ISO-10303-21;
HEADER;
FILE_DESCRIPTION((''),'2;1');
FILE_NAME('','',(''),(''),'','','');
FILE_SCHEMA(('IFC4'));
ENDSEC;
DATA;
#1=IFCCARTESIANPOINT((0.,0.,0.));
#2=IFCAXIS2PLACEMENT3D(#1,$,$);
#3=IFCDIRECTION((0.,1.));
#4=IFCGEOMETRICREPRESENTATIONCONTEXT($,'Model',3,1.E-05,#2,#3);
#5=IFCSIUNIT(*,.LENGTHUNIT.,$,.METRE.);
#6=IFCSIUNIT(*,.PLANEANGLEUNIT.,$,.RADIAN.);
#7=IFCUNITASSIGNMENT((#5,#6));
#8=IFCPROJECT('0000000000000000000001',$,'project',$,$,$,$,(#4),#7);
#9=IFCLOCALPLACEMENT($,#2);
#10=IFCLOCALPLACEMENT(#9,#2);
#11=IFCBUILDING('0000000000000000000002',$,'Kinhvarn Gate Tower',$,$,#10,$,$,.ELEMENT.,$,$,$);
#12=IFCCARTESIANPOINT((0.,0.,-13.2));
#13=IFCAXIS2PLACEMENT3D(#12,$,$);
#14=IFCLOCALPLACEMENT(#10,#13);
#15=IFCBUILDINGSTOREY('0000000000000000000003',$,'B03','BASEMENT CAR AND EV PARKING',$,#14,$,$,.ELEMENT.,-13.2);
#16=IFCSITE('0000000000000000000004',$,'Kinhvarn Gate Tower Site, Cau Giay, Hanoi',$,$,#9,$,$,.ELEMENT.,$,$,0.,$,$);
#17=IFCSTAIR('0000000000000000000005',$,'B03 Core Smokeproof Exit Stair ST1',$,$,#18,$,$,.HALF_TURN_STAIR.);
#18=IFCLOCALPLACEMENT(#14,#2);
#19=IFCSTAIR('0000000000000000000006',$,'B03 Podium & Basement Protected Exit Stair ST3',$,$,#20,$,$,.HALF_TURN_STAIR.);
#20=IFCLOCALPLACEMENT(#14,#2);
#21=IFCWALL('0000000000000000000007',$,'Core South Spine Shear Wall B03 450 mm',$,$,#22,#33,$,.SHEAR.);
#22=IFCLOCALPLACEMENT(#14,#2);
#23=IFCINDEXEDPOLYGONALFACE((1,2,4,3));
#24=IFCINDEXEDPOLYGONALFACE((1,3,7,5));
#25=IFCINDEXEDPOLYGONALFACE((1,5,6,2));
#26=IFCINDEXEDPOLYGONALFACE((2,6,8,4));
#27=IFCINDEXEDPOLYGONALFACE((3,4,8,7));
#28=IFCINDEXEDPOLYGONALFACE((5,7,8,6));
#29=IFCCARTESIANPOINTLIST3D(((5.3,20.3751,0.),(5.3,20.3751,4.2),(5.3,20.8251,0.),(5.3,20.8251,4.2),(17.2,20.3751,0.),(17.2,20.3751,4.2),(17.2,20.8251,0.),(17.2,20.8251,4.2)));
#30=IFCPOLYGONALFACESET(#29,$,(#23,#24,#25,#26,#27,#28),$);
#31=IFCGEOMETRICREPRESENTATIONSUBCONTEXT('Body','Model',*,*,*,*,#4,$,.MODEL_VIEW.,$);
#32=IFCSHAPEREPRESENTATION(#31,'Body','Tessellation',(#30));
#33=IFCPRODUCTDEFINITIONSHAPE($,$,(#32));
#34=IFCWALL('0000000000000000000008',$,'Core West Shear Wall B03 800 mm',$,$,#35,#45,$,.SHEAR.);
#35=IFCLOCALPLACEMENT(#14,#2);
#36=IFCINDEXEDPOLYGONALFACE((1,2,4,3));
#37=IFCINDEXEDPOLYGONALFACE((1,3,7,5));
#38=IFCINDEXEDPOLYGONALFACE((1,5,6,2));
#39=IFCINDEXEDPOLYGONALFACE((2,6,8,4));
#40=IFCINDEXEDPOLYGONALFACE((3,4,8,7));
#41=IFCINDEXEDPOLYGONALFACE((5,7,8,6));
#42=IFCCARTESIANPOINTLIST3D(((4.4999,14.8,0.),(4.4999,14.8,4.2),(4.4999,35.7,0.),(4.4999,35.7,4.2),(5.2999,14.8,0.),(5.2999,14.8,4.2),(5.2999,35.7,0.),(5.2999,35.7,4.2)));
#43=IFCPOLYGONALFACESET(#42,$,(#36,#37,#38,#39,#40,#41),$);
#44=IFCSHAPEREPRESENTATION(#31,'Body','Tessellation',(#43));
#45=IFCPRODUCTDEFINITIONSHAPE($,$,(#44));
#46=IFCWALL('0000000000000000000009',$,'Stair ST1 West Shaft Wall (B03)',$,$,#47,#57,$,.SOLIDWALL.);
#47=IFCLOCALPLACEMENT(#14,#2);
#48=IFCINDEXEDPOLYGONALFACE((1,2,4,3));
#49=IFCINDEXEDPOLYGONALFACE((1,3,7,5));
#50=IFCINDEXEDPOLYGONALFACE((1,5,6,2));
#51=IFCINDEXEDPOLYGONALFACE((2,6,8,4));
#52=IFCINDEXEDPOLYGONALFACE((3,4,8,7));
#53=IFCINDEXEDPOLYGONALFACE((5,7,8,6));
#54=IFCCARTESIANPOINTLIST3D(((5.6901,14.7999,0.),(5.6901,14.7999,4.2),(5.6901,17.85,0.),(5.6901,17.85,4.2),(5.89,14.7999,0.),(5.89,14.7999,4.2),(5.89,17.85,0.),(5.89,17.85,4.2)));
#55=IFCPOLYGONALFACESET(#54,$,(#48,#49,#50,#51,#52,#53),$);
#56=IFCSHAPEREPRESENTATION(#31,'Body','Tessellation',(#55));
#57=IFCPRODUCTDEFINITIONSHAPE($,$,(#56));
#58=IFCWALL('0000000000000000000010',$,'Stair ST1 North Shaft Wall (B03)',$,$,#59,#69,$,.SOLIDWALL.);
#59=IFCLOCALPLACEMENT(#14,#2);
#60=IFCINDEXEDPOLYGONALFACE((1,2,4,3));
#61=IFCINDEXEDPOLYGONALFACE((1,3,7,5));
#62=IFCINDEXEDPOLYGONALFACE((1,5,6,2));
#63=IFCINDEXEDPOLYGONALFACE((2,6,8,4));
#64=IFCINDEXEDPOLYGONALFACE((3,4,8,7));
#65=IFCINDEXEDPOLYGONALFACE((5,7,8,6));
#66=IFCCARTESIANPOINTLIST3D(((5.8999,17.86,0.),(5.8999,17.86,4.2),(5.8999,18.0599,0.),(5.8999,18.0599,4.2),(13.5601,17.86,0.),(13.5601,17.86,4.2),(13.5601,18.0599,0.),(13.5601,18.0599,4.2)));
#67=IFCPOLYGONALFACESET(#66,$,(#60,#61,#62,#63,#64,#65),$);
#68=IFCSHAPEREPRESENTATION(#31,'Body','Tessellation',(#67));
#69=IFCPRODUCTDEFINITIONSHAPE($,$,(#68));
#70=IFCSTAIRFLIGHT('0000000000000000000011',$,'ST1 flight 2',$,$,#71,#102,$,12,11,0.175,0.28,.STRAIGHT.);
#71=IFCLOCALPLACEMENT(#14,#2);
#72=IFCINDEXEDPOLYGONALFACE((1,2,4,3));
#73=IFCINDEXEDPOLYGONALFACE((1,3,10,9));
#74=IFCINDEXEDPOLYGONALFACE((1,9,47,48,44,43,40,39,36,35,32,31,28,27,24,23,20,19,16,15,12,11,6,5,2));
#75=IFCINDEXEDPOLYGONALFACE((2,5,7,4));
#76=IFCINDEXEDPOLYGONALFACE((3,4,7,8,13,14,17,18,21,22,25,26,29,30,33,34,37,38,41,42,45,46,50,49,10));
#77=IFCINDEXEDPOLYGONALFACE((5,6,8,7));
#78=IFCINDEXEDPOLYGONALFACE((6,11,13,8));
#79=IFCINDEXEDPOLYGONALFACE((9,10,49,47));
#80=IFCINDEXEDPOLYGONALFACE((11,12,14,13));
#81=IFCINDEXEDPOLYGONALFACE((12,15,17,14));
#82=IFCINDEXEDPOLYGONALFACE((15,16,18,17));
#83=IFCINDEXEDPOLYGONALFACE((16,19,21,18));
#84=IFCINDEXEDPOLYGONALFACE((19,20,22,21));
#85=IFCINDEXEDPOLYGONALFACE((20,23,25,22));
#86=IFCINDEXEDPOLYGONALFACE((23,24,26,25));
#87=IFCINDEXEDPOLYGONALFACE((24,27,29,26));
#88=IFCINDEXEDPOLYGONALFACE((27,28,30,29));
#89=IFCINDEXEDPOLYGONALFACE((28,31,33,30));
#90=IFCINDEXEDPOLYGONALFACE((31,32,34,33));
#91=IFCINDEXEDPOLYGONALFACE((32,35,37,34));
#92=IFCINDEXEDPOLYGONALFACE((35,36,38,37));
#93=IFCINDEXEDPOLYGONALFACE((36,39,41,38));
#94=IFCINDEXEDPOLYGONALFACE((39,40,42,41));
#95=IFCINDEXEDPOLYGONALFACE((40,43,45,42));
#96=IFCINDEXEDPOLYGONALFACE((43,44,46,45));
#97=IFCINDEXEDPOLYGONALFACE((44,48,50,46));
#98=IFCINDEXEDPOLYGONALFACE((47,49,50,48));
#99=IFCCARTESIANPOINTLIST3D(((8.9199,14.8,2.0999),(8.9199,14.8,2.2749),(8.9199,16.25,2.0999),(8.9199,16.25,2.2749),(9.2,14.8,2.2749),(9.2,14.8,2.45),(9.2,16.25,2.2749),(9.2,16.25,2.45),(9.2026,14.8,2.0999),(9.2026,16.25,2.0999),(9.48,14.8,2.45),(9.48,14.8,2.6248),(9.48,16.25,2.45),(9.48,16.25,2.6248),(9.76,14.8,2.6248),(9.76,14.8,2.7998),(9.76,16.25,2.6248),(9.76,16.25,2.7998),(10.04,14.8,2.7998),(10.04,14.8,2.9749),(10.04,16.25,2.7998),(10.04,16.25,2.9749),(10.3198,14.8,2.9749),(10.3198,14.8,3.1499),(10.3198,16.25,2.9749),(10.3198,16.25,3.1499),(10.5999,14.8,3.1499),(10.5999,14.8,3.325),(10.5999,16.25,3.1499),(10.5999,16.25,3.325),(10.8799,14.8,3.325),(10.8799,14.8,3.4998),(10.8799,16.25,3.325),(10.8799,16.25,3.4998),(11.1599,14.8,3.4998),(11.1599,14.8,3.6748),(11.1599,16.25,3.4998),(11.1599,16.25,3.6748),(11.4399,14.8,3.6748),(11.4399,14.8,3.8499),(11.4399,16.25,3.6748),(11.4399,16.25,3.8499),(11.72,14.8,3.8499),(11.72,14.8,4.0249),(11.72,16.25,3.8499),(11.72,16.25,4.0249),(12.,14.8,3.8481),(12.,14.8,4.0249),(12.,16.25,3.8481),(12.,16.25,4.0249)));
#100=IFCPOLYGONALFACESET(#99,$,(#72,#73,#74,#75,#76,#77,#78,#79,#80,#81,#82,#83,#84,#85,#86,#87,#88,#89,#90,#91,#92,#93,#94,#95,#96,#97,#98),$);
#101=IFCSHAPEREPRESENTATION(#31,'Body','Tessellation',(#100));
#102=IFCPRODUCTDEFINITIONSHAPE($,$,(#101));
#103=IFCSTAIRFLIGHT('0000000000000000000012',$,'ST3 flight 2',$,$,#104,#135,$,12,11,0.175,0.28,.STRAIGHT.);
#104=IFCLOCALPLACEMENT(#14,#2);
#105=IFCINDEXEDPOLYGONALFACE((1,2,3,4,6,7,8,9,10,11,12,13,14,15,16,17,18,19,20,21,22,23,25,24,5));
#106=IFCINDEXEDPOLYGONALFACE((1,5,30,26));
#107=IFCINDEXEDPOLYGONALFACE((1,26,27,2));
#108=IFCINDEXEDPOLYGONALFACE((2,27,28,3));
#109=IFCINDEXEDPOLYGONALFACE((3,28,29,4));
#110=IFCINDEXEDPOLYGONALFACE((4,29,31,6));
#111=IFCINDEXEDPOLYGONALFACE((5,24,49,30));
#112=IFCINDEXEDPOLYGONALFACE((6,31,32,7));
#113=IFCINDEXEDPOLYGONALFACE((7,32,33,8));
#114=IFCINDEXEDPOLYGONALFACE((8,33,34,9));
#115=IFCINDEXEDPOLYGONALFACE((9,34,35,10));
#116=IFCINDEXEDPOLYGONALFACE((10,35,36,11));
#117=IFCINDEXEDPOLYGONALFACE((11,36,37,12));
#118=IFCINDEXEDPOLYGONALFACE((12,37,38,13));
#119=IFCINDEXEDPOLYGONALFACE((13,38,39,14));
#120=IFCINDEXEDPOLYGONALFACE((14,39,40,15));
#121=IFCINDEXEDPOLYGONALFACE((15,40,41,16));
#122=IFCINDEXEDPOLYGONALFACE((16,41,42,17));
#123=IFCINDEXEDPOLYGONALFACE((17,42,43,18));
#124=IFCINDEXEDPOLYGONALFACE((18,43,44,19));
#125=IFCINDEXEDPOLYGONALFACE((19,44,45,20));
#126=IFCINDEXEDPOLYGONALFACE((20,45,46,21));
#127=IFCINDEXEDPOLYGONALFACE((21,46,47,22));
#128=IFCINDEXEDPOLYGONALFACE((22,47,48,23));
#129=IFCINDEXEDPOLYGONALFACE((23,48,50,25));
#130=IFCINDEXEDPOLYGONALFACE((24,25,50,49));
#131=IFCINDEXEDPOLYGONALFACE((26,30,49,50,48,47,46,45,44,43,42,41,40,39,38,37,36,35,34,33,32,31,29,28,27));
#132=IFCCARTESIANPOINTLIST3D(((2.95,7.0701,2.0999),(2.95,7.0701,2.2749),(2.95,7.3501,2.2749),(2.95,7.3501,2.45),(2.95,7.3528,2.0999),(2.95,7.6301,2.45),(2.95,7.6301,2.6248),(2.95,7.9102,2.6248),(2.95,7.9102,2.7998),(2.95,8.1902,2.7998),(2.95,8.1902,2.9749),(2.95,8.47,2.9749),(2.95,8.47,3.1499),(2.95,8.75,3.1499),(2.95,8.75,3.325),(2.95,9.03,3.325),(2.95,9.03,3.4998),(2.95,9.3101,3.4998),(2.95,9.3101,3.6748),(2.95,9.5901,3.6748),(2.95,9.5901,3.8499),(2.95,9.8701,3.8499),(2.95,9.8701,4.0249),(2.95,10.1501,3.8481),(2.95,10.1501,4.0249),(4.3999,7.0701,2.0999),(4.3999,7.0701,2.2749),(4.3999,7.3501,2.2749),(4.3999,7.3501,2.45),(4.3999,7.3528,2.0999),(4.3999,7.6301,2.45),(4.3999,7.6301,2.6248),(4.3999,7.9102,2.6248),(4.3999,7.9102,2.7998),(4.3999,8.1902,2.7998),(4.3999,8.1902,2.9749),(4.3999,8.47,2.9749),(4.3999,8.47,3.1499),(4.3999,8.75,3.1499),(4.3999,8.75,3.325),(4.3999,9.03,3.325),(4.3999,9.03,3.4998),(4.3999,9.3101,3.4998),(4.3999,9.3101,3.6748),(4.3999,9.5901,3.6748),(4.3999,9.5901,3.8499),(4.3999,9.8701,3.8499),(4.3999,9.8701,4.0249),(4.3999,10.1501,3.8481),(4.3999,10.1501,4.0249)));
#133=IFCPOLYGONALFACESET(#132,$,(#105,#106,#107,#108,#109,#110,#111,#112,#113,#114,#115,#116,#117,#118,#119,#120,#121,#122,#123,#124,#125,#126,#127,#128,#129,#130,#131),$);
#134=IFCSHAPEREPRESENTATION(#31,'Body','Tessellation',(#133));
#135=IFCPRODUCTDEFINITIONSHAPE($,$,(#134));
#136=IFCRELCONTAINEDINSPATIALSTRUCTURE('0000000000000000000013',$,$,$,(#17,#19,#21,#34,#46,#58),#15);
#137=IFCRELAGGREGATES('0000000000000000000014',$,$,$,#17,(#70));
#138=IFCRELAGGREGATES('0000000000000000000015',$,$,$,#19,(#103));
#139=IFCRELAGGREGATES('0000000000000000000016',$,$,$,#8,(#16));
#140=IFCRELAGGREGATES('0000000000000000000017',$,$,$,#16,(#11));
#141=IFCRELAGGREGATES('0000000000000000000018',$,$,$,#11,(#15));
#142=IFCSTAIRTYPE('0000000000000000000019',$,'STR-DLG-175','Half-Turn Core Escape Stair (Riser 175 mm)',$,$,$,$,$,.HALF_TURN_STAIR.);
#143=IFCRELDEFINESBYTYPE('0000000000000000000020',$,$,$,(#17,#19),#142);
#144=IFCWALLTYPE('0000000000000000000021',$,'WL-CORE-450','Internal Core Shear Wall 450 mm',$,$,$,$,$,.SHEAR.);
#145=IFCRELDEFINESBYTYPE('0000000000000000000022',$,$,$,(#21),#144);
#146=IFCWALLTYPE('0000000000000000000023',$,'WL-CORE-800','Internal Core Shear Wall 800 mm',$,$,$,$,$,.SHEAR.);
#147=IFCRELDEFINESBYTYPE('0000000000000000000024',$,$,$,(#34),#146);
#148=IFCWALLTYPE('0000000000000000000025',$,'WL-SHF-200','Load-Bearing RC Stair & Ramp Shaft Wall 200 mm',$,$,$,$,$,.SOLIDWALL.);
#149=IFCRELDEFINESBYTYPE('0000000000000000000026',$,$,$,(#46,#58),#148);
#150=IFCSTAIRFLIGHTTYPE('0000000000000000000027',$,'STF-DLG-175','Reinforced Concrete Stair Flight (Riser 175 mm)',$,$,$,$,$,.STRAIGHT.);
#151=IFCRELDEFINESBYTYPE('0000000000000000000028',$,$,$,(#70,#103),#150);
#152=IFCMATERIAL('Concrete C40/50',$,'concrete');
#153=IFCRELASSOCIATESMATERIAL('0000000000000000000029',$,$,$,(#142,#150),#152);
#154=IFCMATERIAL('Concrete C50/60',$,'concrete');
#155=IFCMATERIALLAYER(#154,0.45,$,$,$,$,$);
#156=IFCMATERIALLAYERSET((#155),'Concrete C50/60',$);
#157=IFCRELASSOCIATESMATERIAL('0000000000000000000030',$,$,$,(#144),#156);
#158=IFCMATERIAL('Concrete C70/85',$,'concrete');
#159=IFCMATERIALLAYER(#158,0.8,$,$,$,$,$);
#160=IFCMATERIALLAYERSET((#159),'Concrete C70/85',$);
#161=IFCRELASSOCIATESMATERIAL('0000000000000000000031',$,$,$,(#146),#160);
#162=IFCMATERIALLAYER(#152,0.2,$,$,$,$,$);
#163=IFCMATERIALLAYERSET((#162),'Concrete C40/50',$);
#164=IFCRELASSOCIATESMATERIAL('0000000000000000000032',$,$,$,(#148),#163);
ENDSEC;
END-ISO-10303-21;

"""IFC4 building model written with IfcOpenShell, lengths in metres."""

from ifc_helpers import new_model, si_unit, direction, frame, frame_2d, origin, place, context, subcontext, project, spatial, polyline, rectangle, outline, extrude, material, layer, layer_set, type_object, element, aggregate, save


model = new_model("IFC4")

# Units and contexts
model_context = context("Model", 3, precision=1e-05, world=origin(), true_north=direction((0.0, 1.0)))
body_context = subcontext(model_context, "Body", "Model", "MODEL_VIEW")
ifc_project = project(units=[si_unit("LENGTHUNIT", "METRE"), si_unit("PLANEANGLEUNIT", "RADIAN")], contexts=[model_context])

# Site, building, storey
site_placement = place(None, origin())
site = spatial("IfcSite", under=ifc_project, at=site_placement, Name="Kinhvarn Gate Tower Site, Cau Giay, Hanoi", CompositionType="ELEMENT", RefElevation=0.0)
building_placement = place(site_placement, origin())
building = spatial("IfcBuilding", under=site, at=building_placement, Name="Kinhvarn Gate Tower", CompositionType="ELEMENT")
storey_placement = place(building_placement, frame((0.0, 0.0, -13.2)))
storey = spatial("IfcBuildingStorey", under=building, at=storey_placement, Name="B03", Description="BASEMENT CAR AND EV PARKING", CompositionType="ELEMENT", Elevation=-13.2)

# Stairs
ifc_material_1 = material(Name="Concrete C40/50", Category="concrete")
stair_type = type_object("IfcStairType", Name="STR-DLG-175", Description="Half-Turn Core Escape Stair (Riser 175 mm)", PredefinedType="HALF_TURN_STAIR", material=ifc_material_1)
stair_1_placement = place(storey_placement, origin())
stair_1 = element("IfcStair", 1, at=stair_1_placement, inside=storey, type_object=stair_type, Name="B03 Core Smokeproof Exit Stair ST1", PredefinedType="HALF_TURN_STAIR")
stair_2_placement = place(storey_placement, origin())
stair_2 = element("IfcStair", 2, at=stair_2_placement, inside=storey, type_object=stair_type, Name="B03 Podium & Basement Protected Exit Stair ST3", PredefinedType="HALF_TURN_STAIR")

# Walls
ifc_material_2 = material(Name="Concrete C50/60", Category="concrete")
ifc_layer_1 = layer(ifc_material_2, 0.45)
ifc_layer_set_1 = layer_set([ifc_layer_1], Name="Concrete C50/60")
wall_type_1 = type_object("IfcWallType", Name="WL-CORE-450", Description="Internal Core Shear Wall 450 mm", PredefinedType="SHEAR", material=ifc_layer_set_1)
wall_1_placement = place(storey_placement, frame((5.3, 20.6001, 0.0), z_axis=(0.0, 0.0, 1.0), x_axis=(1.0, 0.0, 0.0)))
element("IfcWall", 3, at=wall_1_placement, inside=storey, type_object=wall_type_1, Name="Core South Spine Shear Wall B03 450 mm", PredefinedType="SHEAR", context=body_context, shape_type="SweptSolid", body=[
    extrude(rectangle(XDim=11.8999, YDim=0.45, at=frame_2d((5.95, 0.0))), origin(), (0.0, 0.0, 1.0), 4.2),
])
ifc_material_3 = material(Name="Concrete C70/85", Category="concrete")
ifc_layer_2 = layer(ifc_material_3, 0.8)
ifc_layer_set_2 = layer_set([ifc_layer_2], Name="Concrete C70/85")
wall_type_2 = type_object("IfcWallType", Name="WL-CORE-800", Description="Internal Core Shear Wall 800 mm", PredefinedType="SHEAR", material=ifc_layer_set_2)
wall_2_placement = place(storey_placement, frame((4.8999, 14.8, 0.0), z_axis=(0.0, 0.0, 1.0), x_axis=(0.0, 1.0, 0.0)))
element("IfcWall", 4, at=wall_2_placement, inside=storey, type_object=wall_type_2, Name="Core West Shear Wall B03 800 mm", PredefinedType="SHEAR", context=body_context, shape_type="SweptSolid", body=[
    extrude(rectangle(XDim=20.8999, YDim=0.8, at=frame_2d((10.45, 0.0))), origin(), (0.0, 0.0, 1.0), 4.2),
])
ifc_layer_3 = layer(ifc_material_1, 0.2)
ifc_layer_set_3 = layer_set([ifc_layer_3], Name="Concrete C40/50")
wall_type_3 = type_object("IfcWallType", Name="WL-SHF-200", Description="Load-Bearing RC Stair & Ramp Shaft Wall 200 mm", PredefinedType="SOLIDWALL", material=ifc_layer_set_3)
wall_3_placement = place(storey_placement, frame((5.79, 14.8, 0.0), z_axis=(0.0, 0.0, 1.0), x_axis=(0.0, 1.0, 0.0)))
element("IfcWall", 5, at=wall_3_placement, inside=storey, type_object=wall_type_3, Name="Stair ST1 West Shaft Wall (B03)", PredefinedType="SOLIDWALL", context=body_context, shape_type="SweptSolid", body=[
    extrude(rectangle(XDim=3.05, YDim=0.2, at=frame_2d((1.5249, 0.0))), origin(), (0.0, 0.0, 1.0), 4.2),
])
wall_4_placement = place(storey_placement, frame((5.8999, 17.96, 0.0), z_axis=(0.0, 0.0, 1.0), x_axis=(1.0, 0.0, 0.0)))
element("IfcWall", 6, at=wall_4_placement, inside=storey, type_object=wall_type_3, Name="Stair ST1 North Shaft Wall (B03)", PredefinedType="SOLIDWALL", context=body_context, shape_type="SweptSolid", body=[
    extrude(rectangle(XDim=7.6602, YDim=0.2, at=frame_2d((3.8301, 0.0))), origin(), (0.0, 0.0, 1.0), 4.2),
])

# Stair flights
stair_flight_type = type_object("IfcStairFlightType", Name="STF-DLG-175", Description="Reinforced Concrete Stair Flight (Riser 175 mm)", PredefinedType="STRAIGHT", material=ifc_material_1)
stair_flight_1_placement = place(storey_placement, frame((8.9199, 15.5249, 2.0999), z_axis=(0.0, 0.0, 1.0), x_axis=(1.0, 0.0, 0.0)))
stair_flight_1 = element("IfcStairFlight", 7, at=stair_flight_1_placement, type_object=stair_flight_type, Name="ST1 flight 2", NumberOfRisers=12, NumberOfTreads=11, PredefinedType="STRAIGHT", RiserHeight=0.175, TreadLength=0.28, context=body_context, shape_type="SweptSolid", body=[
    extrude(outline(polyline([(0.0, 0.0), (0.0, 0.175), (0.28, 0.175), (0.28, 0.3501), (0.5601, 0.3501), (0.5601, 0.5249), (0.8401, 0.5249), (0.8401, 0.7), (1.1201, 0.7), (1.1201, 0.875), (1.3999, 0.875), (1.3999, 1.05), (1.6799, 1.05), (1.6799, 1.2251), (1.96, 1.2251), (1.96, 1.3999), (2.24, 1.3999), (2.24, 1.575), (2.52, 1.575), (2.52, 1.75), (2.8, 1.75), (2.8, 1.925), (3.0801, 1.925), (3.0801, 2.1001), (3.0801, 1.7483), (0.2827, 0.0), (0.0, 0.0)])), frame((0.0, 0.7251, 0.0), z_axis=(0.0, -1.0, 0.0), x_axis=(1.0, 0.0, 0.0)), (0.0, 0.0, 1.0), 1.45),
])
aggregate(stair_1, [stair_flight_1])
stair_flight_2_placement = place(storey_placement, frame((3.675, 7.0701, 2.0999), z_axis=(0.0, 0.0, 1.0), x_axis=(0.0, 1.0, 0.0)))
stair_flight_2 = element("IfcStairFlight", 8, at=stair_flight_2_placement, type_object=stair_flight_type, Name="ST3 flight 2", NumberOfRisers=12, NumberOfTreads=11, PredefinedType="STRAIGHT", RiserHeight=0.175, TreadLength=0.28, context=body_context, shape_type="SweptSolid", body=[
    extrude(outline(polyline([(0.0, 0.0), (0.0, 0.175), (0.28, 0.175), (0.28, 0.3501), (0.5601, 0.3501), (0.5601, 0.5249), (0.8401, 0.5249), (0.8401, 0.7), (1.1201, 0.7), (1.1201, 0.875), (1.3999, 0.875), (1.3999, 1.05), (1.6799, 1.05), (1.6799, 1.2251), (1.96, 1.2251), (1.96, 1.3999), (2.24, 1.3999), (2.24, 1.575), (2.52, 1.575), (2.52, 1.75), (2.8, 1.75), (2.8, 1.925), (3.0801, 1.925), (3.0801, 2.1001), (3.0801, 1.7483), (0.2827, 0.0), (0.0, 0.0)])), frame((0.0, 0.7251, 0.0), z_axis=(0.0, -1.0, 0.0), x_axis=(1.0, 0.0, 0.0)), (0.0, 0.0, 1.0), 1.45),
])
aggregate(stair_2, [stair_flight_2])

save(model, "model.ifc")
